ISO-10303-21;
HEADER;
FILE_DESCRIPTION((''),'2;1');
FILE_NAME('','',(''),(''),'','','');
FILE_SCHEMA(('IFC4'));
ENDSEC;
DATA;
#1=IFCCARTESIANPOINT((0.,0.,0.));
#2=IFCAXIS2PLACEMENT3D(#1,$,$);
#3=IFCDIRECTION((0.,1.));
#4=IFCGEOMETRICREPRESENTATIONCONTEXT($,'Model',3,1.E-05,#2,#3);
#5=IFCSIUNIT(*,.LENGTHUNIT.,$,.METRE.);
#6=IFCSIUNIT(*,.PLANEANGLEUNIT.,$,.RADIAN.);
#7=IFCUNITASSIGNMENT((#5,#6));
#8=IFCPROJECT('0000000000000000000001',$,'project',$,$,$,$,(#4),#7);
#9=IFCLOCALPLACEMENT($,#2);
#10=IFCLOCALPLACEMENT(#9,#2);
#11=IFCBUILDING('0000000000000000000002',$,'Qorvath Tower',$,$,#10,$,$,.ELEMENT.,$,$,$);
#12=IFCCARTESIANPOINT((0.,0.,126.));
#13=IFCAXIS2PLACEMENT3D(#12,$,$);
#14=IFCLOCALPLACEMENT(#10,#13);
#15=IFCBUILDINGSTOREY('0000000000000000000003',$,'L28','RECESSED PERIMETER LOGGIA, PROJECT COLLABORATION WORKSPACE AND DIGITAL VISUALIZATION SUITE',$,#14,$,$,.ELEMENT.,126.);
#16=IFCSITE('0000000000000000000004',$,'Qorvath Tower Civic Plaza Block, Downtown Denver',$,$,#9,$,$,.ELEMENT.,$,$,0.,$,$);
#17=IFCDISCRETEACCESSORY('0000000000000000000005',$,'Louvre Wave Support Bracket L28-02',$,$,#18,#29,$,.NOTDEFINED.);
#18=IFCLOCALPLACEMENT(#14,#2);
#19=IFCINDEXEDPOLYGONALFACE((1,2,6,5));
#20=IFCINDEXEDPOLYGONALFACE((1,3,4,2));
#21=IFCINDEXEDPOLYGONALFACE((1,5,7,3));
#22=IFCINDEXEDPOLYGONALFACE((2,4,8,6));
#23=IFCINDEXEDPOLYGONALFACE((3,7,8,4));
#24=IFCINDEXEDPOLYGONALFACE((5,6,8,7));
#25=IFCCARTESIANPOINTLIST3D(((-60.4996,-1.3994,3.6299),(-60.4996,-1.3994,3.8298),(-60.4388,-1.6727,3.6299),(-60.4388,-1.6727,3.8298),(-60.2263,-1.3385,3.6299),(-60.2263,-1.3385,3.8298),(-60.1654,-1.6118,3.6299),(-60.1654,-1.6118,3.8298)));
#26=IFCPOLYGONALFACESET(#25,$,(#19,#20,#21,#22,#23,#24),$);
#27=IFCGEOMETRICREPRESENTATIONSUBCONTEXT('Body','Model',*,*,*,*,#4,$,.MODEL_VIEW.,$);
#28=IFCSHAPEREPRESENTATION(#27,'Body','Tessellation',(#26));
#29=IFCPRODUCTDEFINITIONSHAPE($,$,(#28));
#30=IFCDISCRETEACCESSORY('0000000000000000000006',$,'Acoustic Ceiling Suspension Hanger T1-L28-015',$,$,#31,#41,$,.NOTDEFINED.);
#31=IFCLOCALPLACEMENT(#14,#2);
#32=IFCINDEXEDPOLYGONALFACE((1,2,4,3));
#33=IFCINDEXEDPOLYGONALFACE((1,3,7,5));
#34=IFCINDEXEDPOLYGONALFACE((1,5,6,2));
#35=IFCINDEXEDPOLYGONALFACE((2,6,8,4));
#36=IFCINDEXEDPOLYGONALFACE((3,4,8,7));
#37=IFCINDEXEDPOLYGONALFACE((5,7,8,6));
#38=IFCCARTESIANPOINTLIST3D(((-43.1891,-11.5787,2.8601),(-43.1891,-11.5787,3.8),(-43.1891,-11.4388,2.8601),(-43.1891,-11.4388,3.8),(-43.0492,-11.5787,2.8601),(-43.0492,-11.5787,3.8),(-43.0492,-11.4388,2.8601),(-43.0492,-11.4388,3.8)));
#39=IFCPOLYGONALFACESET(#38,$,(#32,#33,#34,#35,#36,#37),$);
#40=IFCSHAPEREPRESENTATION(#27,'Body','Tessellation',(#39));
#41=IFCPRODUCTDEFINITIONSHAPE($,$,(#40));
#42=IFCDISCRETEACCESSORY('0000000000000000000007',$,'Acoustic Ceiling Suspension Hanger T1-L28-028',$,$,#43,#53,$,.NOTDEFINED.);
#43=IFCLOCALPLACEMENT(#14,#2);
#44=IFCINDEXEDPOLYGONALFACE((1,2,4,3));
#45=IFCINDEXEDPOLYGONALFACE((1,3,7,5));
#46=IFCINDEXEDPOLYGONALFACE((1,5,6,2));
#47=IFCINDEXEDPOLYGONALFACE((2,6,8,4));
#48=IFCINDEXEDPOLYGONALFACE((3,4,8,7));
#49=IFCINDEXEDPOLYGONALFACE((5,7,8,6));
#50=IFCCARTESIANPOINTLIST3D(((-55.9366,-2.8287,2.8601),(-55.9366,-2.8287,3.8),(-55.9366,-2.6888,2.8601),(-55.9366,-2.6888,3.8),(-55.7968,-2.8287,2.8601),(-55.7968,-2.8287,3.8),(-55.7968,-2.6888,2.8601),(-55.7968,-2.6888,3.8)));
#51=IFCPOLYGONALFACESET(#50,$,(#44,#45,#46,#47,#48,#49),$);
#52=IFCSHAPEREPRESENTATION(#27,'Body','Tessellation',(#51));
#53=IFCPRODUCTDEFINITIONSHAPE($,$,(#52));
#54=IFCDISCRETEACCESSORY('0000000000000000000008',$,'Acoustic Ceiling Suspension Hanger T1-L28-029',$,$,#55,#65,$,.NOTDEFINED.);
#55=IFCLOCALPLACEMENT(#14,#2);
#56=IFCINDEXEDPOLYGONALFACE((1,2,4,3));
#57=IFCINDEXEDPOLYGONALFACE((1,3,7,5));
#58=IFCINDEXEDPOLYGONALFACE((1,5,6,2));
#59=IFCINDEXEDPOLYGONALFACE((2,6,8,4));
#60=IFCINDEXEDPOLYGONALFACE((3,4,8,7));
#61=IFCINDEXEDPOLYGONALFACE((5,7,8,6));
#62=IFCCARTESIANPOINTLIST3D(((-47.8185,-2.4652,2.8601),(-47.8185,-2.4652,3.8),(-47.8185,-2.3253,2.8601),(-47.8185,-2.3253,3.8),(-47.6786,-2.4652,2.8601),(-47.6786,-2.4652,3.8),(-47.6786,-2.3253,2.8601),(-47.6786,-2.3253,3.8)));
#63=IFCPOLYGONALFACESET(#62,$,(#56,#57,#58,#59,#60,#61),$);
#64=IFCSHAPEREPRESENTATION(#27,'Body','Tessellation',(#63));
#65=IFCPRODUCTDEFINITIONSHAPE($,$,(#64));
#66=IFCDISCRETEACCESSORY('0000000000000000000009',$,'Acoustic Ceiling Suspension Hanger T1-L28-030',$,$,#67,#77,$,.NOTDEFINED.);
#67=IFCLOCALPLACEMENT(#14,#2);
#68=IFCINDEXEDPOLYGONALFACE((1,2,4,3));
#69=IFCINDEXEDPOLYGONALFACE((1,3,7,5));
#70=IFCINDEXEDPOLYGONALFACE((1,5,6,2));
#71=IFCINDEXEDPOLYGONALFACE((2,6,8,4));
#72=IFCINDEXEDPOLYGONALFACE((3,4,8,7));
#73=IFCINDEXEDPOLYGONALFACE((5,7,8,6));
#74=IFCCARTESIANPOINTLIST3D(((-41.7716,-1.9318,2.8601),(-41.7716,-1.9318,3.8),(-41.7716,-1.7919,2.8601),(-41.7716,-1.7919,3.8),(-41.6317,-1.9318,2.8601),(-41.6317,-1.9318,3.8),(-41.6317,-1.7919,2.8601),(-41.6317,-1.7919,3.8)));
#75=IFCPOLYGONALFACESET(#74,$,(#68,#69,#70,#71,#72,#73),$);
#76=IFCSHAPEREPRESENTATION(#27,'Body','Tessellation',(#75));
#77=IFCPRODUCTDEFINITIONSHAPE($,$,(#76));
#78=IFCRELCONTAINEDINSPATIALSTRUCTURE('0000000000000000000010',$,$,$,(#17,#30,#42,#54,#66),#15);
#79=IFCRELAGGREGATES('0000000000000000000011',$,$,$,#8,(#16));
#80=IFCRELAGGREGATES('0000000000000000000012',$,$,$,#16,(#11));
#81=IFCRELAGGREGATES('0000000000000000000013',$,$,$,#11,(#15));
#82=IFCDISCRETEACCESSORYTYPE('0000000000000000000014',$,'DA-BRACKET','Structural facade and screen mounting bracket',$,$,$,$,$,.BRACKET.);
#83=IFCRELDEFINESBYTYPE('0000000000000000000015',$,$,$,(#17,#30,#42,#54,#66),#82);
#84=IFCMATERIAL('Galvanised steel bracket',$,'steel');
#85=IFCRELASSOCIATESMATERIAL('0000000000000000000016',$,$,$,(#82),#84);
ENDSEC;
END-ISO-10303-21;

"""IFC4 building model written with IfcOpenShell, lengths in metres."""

from ifc_helpers import new_model, si_unit, direction, frame, origin, origin_2d, place, context, subcontext, project, spatial, rectangle, extrude, material, type_object, element, save


model = new_model("IFC4")

# Units and contexts
model_context = context("Model", 3, precision=1e-05, world=origin(), true_north=direction((0.0, 1.0)))
body_context = subcontext(model_context, "Body", "Model", "MODEL_VIEW")
ifc_project = project(units=[si_unit("LENGTHUNIT", "METRE"), si_unit("PLANEANGLEUNIT", "RADIAN")], contexts=[model_context])

# Site, building, storey
site_placement = place(None, origin())
site = spatial("IfcSite", under=ifc_project, at=site_placement, Name="Qorvath Tower Civic Plaza Block, Downtown Denver", CompositionType="ELEMENT", RefElevation=0.0)
building_placement = place(site_placement, origin())
building = spatial("IfcBuilding", under=site, at=building_placement, Name="Qorvath Tower", CompositionType="ELEMENT")
storey_placement = place(building_placement, frame((0.0, 0.0, 126.0)))
storey = spatial("IfcBuildingStorey", under=building, at=storey_placement, Name="L28", Description="RECESSED PERIMETER LOGGIA, PROJECT COLLABORATION WORKSPACE AND DIGITAL VISUALIZATION SUITE", CompositionType="ELEMENT", Elevation=126.0)

# Discrete accessories
ifc_material_1 = material(Name="Galvanised steel bracket", Category="steel")
discrete_accessory_type = type_object("IfcDiscreteAccessoryType", Name="DA-BRACKET", Description="Structural facade and screen mounting bracket", PredefinedType="BRACKET", material=ifc_material_1)
discrete_accessory_placement = place(storey_placement, frame((-60.3325, -1.5056, 3.6299), z_axis=(0.0, 0.0, 1.0), x_axis=(0.217372, -0.976089, 0.0)))
element("IfcDiscreteAccessory", 1, at=discrete_accessory_placement, inside=storey, type_object=discrete_accessory_type, Name="Louvre Wave Support Bracket L28-02", PredefinedType="NOTDEFINED", context=body_context, shape_type="SweptSolid", body=[
    extrude(rectangle(XDim=0.28, YDim=0.28, at=origin_2d()), origin(), (0.0, 0.0, 1.0), 0.2),
])
for number, where, z_axis, x_axis, name in (
    (2, (-43.1191, -11.5088, 2.8601), (0.0, 0.0, 1.0), (1.0, 0.0, 0.0), "Acoustic Ceiling Suspension Hanger T1-L28-015"),
    (3, (-55.8667, -2.7588, 2.8601), (0.0, 0.0, 1.0), (1.0, 0.0, 0.0), "Acoustic Ceiling Suspension Hanger T1-L28-028"),
    (4, (-47.7485, -2.3953, 2.8601), (0.0, 0.0, 1.0), (1.0, 0.0, 0.0), "Acoustic Ceiling Suspension Hanger T1-L28-029"),
    (5, (-41.7017, -1.8618, 2.8601), (0.0, 0.0, 1.0), (1.0, 0.0, 0.0), "Acoustic Ceiling Suspension Hanger T1-L28-030"),
):
    element("IfcDiscreteAccessory", number, at=place(storey_placement, frame(where, z_axis=z_axis, x_axis=x_axis)), inside=storey, type_object=discrete_accessory_type, Name=name, PredefinedType="NOTDEFINED", context=body_context, shape_type="SweptSolid", body=[
        extrude(rectangle(XDim=0.1399, YDim=0.1399, at=origin_2d()), origin(), (0.0, 0.0, 1.0), 0.9399),
    ])

save(model, "model.ifc")
